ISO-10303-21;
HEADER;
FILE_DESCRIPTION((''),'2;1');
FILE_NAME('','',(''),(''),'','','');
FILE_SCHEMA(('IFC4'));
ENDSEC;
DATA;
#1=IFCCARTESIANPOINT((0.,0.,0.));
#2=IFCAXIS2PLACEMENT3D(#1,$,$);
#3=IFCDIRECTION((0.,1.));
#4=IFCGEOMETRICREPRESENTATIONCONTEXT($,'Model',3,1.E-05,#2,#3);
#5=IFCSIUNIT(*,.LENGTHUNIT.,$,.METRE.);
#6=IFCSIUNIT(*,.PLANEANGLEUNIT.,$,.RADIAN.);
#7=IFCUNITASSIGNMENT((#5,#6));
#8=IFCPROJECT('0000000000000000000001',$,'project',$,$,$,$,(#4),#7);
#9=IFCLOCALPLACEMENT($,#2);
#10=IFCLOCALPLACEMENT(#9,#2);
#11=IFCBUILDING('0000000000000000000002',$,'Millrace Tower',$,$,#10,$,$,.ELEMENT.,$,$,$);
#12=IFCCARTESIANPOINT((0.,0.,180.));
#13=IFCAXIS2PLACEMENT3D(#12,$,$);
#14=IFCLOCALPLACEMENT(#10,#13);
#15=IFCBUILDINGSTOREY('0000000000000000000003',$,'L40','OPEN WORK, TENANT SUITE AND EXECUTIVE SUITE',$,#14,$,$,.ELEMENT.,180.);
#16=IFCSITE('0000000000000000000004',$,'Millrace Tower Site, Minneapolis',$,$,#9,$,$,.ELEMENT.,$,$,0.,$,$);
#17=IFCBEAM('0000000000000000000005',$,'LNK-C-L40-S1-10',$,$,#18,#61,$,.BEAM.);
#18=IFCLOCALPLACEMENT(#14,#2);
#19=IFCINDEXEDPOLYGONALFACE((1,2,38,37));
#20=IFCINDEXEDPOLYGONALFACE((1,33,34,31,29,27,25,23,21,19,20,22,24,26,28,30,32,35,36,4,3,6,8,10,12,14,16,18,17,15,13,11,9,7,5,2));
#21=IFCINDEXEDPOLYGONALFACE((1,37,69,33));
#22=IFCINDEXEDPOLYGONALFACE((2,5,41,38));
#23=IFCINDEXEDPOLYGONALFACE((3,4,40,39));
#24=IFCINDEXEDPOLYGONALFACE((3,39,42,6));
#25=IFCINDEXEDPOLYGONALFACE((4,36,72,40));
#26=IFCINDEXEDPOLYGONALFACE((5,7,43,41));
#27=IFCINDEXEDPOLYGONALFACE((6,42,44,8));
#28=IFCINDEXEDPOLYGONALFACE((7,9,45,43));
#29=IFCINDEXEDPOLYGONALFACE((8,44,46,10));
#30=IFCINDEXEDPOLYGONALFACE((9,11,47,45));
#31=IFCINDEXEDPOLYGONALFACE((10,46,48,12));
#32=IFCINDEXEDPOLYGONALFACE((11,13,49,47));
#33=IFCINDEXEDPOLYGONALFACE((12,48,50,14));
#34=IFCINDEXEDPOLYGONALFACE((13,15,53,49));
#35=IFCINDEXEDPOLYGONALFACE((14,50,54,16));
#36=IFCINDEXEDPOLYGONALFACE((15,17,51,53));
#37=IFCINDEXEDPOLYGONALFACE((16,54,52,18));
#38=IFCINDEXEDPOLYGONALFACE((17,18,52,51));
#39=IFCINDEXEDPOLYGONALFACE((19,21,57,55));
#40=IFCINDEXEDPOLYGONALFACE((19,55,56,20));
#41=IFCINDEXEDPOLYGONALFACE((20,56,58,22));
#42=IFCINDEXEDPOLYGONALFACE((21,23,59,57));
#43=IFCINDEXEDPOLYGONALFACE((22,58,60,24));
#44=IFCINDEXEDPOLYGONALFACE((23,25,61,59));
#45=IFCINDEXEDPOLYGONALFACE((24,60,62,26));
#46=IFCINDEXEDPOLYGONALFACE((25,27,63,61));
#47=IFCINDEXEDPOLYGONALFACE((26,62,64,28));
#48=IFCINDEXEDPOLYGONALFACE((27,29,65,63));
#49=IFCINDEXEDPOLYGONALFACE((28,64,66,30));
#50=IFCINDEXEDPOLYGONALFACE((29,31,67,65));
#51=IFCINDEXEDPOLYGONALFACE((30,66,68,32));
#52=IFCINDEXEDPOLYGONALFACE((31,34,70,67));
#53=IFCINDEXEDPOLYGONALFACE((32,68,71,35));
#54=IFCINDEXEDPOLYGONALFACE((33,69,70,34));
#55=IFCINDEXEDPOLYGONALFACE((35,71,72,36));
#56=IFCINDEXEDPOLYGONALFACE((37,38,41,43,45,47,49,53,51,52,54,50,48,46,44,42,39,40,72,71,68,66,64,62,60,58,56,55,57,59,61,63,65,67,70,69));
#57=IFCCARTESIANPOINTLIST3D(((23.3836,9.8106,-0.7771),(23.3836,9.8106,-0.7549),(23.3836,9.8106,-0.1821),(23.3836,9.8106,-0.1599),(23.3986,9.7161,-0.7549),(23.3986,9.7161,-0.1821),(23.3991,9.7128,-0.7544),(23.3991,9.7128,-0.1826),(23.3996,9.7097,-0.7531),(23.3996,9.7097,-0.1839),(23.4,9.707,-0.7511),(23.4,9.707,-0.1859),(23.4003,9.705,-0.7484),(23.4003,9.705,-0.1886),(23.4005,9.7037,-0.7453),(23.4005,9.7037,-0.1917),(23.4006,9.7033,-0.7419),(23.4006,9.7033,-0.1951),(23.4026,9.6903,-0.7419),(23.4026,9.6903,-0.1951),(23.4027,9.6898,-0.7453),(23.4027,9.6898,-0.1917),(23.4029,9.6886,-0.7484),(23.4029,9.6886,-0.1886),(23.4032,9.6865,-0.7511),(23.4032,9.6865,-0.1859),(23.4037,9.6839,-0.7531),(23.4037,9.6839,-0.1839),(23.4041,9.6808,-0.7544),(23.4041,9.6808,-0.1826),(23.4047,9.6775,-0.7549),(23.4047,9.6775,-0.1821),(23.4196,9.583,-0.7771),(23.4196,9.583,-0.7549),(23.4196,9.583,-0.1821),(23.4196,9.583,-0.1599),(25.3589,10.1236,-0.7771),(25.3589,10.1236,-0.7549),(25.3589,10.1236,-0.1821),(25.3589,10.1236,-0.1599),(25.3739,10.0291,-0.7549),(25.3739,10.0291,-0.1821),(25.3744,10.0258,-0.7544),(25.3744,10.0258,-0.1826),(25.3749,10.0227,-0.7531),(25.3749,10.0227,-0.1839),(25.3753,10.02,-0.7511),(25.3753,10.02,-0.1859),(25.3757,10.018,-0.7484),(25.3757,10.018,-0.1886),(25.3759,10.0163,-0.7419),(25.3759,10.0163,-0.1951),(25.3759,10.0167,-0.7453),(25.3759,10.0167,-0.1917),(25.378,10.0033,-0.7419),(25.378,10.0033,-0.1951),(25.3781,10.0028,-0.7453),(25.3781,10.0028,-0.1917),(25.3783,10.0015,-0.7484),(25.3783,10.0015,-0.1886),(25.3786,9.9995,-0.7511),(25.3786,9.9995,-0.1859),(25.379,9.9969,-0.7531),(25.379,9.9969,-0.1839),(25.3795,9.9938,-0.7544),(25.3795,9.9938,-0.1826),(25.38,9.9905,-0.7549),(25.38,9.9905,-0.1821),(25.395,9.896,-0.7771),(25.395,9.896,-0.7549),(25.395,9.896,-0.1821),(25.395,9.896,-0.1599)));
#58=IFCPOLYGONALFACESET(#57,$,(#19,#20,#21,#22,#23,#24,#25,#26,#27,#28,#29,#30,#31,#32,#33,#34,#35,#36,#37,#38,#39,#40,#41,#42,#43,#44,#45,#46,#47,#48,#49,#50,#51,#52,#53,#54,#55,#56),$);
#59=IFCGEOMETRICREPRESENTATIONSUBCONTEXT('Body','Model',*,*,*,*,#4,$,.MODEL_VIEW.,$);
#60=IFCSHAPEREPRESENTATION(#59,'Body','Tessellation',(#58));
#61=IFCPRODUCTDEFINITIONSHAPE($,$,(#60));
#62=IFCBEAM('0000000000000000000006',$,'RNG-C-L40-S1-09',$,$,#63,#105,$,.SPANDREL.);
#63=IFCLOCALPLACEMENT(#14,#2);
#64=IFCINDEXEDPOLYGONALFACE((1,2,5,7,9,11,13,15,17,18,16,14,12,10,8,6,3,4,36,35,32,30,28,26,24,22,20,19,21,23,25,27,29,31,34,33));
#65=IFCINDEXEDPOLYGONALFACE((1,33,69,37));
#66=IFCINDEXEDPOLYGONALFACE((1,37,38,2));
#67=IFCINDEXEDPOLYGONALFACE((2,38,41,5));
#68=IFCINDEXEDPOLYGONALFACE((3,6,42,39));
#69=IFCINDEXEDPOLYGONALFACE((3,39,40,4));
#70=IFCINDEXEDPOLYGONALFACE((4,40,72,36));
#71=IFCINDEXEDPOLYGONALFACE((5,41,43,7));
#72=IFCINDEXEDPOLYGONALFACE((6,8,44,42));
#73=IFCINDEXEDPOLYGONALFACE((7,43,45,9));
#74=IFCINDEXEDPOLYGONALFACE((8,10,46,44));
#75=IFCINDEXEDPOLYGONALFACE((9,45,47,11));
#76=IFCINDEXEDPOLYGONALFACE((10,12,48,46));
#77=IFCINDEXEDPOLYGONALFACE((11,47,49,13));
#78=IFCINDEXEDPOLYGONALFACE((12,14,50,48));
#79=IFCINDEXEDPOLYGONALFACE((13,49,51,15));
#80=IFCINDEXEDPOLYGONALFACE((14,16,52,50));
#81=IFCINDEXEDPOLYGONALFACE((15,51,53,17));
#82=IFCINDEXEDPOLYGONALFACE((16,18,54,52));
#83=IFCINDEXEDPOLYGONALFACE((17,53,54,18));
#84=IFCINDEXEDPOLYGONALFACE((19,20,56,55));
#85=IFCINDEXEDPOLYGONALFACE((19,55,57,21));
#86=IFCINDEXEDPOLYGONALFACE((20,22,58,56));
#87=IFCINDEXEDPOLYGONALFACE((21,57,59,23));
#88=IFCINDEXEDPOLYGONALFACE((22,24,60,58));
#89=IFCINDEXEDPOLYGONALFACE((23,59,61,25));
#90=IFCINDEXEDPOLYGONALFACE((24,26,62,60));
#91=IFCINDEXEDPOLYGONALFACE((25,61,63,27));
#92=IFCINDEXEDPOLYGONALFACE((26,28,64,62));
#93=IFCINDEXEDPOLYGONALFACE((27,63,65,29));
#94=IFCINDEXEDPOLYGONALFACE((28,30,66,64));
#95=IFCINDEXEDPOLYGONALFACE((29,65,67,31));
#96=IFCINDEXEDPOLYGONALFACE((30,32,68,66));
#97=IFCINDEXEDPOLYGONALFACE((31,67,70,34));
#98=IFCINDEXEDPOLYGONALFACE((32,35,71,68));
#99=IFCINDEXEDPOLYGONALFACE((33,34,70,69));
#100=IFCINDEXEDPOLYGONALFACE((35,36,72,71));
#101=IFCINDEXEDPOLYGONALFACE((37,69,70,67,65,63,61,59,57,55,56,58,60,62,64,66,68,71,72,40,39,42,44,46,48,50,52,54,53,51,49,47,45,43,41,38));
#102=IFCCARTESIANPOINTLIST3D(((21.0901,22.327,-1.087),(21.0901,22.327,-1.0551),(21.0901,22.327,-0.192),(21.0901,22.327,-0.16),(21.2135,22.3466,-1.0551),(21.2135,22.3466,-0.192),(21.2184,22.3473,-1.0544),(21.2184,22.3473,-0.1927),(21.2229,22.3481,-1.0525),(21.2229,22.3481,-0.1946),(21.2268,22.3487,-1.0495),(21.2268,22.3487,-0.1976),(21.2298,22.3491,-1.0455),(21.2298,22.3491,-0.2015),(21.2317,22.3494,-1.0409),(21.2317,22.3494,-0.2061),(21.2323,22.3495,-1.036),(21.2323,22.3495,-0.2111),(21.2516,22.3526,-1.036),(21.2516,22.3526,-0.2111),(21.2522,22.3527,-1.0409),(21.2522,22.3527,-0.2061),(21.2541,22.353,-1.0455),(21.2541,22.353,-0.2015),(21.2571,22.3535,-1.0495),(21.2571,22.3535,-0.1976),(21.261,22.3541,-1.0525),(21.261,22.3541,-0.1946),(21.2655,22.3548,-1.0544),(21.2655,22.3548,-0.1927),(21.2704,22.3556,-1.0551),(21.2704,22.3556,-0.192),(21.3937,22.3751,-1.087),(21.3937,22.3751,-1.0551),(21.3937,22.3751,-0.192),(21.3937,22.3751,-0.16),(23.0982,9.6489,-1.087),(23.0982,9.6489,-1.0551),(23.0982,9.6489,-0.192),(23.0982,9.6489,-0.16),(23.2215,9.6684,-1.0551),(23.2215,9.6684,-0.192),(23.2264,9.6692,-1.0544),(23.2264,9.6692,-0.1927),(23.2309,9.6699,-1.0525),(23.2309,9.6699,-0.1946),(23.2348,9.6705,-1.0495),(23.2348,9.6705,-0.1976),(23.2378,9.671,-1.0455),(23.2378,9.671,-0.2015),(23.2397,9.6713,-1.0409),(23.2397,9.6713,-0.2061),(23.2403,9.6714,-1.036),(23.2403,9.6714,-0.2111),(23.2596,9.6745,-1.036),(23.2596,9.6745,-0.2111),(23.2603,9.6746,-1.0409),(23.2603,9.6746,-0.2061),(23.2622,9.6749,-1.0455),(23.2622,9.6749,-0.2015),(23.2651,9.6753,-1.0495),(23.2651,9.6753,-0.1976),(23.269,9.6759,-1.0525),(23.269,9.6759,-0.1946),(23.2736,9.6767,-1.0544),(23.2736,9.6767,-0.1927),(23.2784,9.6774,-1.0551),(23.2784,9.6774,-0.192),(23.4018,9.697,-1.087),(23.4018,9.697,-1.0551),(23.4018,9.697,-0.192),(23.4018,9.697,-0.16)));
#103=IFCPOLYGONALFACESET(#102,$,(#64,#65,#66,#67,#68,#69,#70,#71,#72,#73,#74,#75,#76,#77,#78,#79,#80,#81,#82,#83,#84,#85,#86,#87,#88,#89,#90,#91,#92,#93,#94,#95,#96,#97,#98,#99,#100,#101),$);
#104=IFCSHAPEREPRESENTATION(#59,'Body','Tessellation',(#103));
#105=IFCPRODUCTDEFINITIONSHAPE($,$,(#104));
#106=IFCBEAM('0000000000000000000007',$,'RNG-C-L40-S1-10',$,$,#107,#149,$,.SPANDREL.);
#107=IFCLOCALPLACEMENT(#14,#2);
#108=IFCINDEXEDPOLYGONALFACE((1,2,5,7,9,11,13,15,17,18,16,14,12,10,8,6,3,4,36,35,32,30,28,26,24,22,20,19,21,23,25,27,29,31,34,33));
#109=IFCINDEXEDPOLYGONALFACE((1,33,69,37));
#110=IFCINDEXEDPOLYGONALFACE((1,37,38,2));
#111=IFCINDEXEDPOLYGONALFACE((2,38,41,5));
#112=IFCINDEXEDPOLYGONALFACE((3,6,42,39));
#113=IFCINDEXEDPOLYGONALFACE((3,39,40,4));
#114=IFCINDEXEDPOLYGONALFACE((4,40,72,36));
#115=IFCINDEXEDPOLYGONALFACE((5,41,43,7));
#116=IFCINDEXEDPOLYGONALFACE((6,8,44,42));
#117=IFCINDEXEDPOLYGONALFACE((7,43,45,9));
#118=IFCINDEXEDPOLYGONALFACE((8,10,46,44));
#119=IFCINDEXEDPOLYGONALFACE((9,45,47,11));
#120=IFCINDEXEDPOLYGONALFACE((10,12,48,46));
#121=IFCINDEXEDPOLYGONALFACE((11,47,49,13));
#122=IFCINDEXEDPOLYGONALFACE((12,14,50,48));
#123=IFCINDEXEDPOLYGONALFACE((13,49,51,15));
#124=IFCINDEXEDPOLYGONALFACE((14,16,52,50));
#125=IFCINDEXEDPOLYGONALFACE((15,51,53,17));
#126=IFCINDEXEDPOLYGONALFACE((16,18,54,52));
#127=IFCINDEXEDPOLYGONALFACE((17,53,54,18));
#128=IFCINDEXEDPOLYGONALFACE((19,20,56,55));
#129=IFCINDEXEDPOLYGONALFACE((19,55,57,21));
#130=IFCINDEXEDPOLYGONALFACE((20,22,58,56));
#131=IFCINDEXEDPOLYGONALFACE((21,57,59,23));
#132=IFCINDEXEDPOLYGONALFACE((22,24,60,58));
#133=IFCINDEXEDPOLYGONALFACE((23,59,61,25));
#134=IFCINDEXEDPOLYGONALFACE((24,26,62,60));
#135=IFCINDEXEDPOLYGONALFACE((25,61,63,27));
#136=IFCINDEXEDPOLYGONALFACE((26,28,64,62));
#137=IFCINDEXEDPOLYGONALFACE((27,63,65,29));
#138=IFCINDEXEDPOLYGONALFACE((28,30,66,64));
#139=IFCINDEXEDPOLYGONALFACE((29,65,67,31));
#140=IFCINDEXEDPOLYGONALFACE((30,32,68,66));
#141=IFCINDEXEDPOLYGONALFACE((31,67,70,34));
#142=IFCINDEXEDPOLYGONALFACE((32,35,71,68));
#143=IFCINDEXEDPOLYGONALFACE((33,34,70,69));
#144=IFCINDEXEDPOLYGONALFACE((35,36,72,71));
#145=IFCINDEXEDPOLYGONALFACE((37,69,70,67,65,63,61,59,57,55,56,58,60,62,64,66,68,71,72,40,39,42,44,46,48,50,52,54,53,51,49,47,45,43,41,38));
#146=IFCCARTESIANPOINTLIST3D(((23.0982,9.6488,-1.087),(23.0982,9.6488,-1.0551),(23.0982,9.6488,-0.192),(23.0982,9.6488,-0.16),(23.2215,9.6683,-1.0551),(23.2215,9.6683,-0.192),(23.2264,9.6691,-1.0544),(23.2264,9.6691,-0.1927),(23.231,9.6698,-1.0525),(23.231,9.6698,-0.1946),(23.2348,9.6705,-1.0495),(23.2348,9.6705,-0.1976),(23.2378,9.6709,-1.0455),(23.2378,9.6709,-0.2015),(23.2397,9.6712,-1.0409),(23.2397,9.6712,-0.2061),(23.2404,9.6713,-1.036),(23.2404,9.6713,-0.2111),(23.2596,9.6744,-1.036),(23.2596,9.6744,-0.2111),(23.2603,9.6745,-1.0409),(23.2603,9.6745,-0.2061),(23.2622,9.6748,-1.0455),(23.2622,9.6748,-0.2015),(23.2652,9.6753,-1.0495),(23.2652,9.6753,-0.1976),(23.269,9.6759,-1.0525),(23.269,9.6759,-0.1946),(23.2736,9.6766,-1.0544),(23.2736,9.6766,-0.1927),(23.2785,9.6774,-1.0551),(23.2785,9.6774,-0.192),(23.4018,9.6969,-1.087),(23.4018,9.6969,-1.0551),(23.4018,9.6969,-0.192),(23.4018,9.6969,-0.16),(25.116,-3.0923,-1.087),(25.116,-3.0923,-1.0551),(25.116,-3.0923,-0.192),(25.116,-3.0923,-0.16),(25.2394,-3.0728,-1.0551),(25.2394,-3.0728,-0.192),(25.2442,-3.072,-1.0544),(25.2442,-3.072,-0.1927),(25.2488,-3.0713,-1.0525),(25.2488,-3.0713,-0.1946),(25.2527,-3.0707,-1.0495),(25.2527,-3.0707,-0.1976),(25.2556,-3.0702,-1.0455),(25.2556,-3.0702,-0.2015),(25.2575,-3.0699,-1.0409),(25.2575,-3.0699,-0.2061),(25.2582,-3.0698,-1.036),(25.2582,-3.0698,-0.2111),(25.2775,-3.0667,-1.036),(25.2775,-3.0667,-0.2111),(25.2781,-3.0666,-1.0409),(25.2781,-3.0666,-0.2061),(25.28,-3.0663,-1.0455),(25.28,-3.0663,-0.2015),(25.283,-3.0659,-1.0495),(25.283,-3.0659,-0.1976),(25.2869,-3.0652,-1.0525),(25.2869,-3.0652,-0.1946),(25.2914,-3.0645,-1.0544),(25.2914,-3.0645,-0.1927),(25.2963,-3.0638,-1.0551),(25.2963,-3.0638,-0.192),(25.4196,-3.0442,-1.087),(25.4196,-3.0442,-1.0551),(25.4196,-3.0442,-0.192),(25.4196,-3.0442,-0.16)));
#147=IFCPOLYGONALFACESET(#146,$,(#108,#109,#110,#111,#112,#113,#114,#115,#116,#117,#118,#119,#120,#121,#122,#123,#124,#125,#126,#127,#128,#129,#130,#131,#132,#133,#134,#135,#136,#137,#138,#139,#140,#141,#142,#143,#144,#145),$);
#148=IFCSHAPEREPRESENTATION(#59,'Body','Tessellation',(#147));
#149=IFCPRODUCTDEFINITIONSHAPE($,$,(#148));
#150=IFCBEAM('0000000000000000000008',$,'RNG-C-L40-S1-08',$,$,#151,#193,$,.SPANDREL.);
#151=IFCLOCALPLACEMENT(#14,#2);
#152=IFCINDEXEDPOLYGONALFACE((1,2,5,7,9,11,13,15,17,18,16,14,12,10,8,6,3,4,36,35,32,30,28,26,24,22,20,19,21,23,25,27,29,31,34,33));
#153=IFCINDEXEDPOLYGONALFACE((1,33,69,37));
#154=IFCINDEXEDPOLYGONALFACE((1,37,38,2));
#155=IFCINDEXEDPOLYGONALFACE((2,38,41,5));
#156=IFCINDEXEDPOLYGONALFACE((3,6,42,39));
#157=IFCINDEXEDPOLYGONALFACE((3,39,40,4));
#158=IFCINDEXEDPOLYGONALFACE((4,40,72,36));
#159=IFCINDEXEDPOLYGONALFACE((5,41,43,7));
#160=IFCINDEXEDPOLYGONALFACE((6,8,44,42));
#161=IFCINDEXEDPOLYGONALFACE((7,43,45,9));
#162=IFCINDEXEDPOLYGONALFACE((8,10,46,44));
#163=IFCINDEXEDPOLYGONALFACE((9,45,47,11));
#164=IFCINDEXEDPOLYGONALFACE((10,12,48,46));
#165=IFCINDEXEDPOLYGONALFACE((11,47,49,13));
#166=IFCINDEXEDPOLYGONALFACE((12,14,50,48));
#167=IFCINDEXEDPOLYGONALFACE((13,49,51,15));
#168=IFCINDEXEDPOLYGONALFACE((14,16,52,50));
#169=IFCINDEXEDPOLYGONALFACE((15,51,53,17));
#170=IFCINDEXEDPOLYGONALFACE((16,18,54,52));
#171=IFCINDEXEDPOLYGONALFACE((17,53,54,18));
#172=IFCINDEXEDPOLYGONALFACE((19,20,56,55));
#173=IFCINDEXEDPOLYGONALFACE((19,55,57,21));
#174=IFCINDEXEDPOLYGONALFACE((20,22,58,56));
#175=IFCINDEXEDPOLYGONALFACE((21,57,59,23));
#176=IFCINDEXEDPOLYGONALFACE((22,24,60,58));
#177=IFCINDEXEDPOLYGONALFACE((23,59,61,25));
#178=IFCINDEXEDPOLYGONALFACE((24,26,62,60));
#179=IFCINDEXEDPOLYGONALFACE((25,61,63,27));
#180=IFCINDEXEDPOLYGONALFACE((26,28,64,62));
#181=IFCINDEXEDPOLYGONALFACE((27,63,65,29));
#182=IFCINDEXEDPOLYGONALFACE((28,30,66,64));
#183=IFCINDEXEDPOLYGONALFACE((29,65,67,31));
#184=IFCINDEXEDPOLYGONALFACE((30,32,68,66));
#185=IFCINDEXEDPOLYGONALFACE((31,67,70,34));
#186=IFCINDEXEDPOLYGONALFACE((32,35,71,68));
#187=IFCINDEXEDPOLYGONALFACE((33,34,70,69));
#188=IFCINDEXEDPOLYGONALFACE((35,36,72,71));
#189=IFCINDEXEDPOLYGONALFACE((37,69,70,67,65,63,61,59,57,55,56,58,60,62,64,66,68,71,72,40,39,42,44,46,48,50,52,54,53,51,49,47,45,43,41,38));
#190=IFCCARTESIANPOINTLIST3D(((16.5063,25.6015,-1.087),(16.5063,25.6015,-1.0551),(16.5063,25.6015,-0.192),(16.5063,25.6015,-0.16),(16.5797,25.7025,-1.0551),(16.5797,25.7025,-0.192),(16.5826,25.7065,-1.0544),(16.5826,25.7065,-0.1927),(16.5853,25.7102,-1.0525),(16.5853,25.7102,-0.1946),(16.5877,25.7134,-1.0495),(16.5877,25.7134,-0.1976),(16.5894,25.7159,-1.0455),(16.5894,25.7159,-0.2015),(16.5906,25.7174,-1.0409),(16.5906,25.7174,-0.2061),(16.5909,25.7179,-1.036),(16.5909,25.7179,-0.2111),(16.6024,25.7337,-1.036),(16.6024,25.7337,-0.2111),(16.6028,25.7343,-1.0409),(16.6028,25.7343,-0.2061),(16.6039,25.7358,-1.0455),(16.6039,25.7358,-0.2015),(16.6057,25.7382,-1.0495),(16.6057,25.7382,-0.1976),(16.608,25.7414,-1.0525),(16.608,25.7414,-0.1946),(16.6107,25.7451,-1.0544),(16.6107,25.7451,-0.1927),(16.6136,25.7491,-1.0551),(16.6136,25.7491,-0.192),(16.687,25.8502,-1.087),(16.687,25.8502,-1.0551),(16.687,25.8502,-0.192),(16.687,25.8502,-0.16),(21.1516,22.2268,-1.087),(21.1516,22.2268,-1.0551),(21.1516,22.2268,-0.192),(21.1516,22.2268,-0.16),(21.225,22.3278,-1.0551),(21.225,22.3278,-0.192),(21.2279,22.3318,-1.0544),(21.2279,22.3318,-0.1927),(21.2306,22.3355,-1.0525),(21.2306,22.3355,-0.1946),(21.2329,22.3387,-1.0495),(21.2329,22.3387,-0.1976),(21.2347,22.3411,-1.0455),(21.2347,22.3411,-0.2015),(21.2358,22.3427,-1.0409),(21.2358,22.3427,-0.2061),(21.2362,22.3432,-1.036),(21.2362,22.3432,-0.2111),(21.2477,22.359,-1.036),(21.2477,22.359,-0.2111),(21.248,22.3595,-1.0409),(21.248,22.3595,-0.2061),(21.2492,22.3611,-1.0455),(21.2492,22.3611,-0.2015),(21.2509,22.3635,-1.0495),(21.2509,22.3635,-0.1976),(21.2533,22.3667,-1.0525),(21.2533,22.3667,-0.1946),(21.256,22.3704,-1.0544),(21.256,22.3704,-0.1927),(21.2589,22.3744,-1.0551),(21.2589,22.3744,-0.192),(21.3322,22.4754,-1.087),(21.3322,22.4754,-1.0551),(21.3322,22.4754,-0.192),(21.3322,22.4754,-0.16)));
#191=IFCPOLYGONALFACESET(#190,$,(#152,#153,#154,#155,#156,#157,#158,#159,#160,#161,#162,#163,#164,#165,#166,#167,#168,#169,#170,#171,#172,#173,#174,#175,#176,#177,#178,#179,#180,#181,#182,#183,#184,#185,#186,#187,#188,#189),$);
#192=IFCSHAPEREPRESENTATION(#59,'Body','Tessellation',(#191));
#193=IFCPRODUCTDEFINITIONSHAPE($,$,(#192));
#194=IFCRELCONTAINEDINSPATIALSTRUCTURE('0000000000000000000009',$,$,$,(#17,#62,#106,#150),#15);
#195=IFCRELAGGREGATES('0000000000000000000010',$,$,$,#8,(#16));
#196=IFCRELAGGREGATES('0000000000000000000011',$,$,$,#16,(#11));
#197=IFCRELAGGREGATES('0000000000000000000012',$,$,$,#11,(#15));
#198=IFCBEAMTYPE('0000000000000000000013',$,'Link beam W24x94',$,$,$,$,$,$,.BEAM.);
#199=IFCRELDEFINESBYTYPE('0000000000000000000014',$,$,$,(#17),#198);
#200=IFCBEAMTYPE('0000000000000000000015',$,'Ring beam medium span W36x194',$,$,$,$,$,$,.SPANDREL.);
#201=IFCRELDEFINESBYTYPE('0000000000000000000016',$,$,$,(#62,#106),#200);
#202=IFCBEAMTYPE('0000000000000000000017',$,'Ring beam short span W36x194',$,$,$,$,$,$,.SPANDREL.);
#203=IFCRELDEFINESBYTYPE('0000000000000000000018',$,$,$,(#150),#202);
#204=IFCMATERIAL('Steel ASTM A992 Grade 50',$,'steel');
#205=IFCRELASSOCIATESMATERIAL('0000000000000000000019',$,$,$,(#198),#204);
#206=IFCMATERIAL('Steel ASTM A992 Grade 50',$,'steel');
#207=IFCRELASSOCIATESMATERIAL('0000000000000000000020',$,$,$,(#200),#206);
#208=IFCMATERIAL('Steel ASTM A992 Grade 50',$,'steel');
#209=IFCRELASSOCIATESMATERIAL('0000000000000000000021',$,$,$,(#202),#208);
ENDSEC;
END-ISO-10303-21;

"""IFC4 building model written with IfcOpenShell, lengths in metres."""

from ifc_helpers import new_model, si_unit, direction, frame, origin, origin_2d, place, context, subcontext, project, spatial, i_section, extrude, material, material_profile, profile_set, type_object, element, save


model = new_model("IFC4")

# Units and contexts
model_context = context("Model", 3, precision=1e-05, world=origin(), true_north=direction((0.0, 1.0)))
body_context = subcontext(model_context, "Body", "Model", "MODEL_VIEW")
ifc_project = project(units=[si_unit("LENGTHUNIT", "METRE"), si_unit("PLANEANGLEUNIT", "RADIAN")], contexts=[model_context])

# Site, building, storey
site_placement = place(None, origin())
site = spatial("IfcSite", under=ifc_project, at=site_placement, Name="Millrace Tower Site, Minneapolis", CompositionType="ELEMENT", RefElevation=0.0)
building_placement = place(site_placement, origin())
building = spatial("IfcBuilding", under=site, at=building_placement, Name="Millrace Tower", CompositionType="ELEMENT")
storey_placement = place(building_placement, frame((0.0, 0.0, 180.0)))
storey = spatial("IfcBuildingStorey", under=building, at=storey_placement, Name="L40", Description="OPEN WORK, TENANT SUITE AND EXECUTIVE SUITE", CompositionType="ELEMENT", Elevation=180.0)

# Beams
ifc_material_1 = material(Name="Steel ASTM A992 Grade 50", Category="steel")
ifc_material_profile_1 = material_profile(ifc_material_1, i_section(OverallWidth=0.2305, OverallDepth=0.6172, WebThickness=0.0132, FlangeThickness=0.0222, FilletRadius=0.0129, at=origin_2d()))
ifc_profile_set_1 = profile_set([ifc_material_profile_1], Name="Steel ASTM A992 Grade 50")
beam_type_1 = type_object("IfcBeamType", Name="Link beam W24x94", PredefinedType="BEAM", material=ifc_profile_set_1)
beam_1_placement = place(storey_placement, frame((23.4016, 9.6968, -0.4685), z_axis=(0.987679, 0.156495, 0.0), x_axis=(-0.156495, 0.987679, 0.0)))
element("IfcBeam", 1, at=beam_1_placement, inside=storey, type_object=beam_type_1, Name="LNK-C-L40-S1-10", PredefinedType="BEAM", context=body_context, shape_type="SweptSolid", body=[
    extrude(i_section(OverallWidth=0.2305, OverallDepth=0.6172, WebThickness=0.0132, FlangeThickness=0.0222, FilletRadius=0.0129, at=origin_2d()), origin(), (0.0, 0.0, 1.0), 2.0),
])
ifc_material_2 = material(Name="Steel ASTM A992 Grade 50", Category="steel")
ifc_material_profile_2 = material_profile(ifc_material_2, i_section(OverallWidth=0.3074, OverallDepth=0.927, WebThickness=0.0195, FlangeThickness=0.032, FilletRadius=0.019, at=origin_2d()))
ifc_profile_set_2 = profile_set([ifc_material_profile_2], Name="Steel ASTM A992 Grade 50")
beam_type_2 = type_object("IfcBeamType", Name="Ring beam medium span W36x194", PredefinedType="SPANDREL", material=ifc_profile_set_2)
beam_2_placement = place(storey_placement, frame((21.2419, 22.3511, -0.6235), z_axis=(0.156436, -0.987688, 0.0), x_axis=(0.987688, 0.156436, 0.0)))
element("IfcBeam", 2, at=beam_2_placement, inside=storey, type_object=beam_type_2, Name="RNG-C-L40-S1-09", PredefinedType="SPANDREL", context=body_context, shape_type="SweptSolid", body=[
    extrude(i_section(OverallWidth=0.3074, OverallDepth=0.927, WebThickness=0.0195, FlangeThickness=0.032, FilletRadius=0.019, at=origin_2d()), origin(), (0.0, 0.0, 1.0), 12.8362),
])
beam_3_placement = place(storey_placement, frame((23.25, 9.6729, -0.6235), z_axis=(0.15642, -0.987691, 0.0), x_axis=(0.987691, 0.15642, 0.0)))
element("IfcBeam", 3, at=beam_3_placement, inside=storey, type_object=beam_type_2, Name="RNG-C-L40-S1-10", PredefinedType="SPANDREL", context=body_context, shape_type="SweptSolid", body=[
    extrude(i_section(OverallWidth=0.3074, OverallDepth=0.927, WebThickness=0.0195, FlangeThickness=0.032, FilletRadius=0.019, at=origin_2d()), origin(), (0.0, 0.0, 1.0), 12.8999),
])
ifc_material_3 = material(Name="Steel ASTM A992 Grade 50", Category="steel")
ifc_material_profile_3 = material_profile(ifc_material_3, i_section(OverallWidth=0.3074, OverallDepth=0.927, WebThickness=0.0195, FlangeThickness=0.032, FilletRadius=0.019, at=origin_2d()))
ifc_profile_set_3 = profile_set([ifc_material_profile_3], Name="Steel ASTM A992 Grade 50")
beam_type_3 = type_object("IfcBeamType", Name="Ring beam short span W36x194", PredefinedType="SPANDREL", material=ifc_profile_set_3)
beam_4_placement = place(storey_placement, frame((16.5967, 25.7258, -0.6235), z_axis=(0.809036, -0.58776, 0.0), x_axis=(0.58776, 0.809036, 0.0)))
element("IfcBeam", 4, at=beam_4_placement, inside=storey, type_object=beam_type_3, Name="RNG-C-L40-S1-08", PredefinedType="SPANDREL", context=body_context, shape_type="SweptSolid", body=[
    extrude(i_section(OverallWidth=0.3074, OverallDepth=0.927, WebThickness=0.0195, FlangeThickness=0.032, FilletRadius=0.019, at=origin_2d()), origin(), (0.0, 0.0, 1.0), 5.7417),
])

save(model, "model.ifc")
